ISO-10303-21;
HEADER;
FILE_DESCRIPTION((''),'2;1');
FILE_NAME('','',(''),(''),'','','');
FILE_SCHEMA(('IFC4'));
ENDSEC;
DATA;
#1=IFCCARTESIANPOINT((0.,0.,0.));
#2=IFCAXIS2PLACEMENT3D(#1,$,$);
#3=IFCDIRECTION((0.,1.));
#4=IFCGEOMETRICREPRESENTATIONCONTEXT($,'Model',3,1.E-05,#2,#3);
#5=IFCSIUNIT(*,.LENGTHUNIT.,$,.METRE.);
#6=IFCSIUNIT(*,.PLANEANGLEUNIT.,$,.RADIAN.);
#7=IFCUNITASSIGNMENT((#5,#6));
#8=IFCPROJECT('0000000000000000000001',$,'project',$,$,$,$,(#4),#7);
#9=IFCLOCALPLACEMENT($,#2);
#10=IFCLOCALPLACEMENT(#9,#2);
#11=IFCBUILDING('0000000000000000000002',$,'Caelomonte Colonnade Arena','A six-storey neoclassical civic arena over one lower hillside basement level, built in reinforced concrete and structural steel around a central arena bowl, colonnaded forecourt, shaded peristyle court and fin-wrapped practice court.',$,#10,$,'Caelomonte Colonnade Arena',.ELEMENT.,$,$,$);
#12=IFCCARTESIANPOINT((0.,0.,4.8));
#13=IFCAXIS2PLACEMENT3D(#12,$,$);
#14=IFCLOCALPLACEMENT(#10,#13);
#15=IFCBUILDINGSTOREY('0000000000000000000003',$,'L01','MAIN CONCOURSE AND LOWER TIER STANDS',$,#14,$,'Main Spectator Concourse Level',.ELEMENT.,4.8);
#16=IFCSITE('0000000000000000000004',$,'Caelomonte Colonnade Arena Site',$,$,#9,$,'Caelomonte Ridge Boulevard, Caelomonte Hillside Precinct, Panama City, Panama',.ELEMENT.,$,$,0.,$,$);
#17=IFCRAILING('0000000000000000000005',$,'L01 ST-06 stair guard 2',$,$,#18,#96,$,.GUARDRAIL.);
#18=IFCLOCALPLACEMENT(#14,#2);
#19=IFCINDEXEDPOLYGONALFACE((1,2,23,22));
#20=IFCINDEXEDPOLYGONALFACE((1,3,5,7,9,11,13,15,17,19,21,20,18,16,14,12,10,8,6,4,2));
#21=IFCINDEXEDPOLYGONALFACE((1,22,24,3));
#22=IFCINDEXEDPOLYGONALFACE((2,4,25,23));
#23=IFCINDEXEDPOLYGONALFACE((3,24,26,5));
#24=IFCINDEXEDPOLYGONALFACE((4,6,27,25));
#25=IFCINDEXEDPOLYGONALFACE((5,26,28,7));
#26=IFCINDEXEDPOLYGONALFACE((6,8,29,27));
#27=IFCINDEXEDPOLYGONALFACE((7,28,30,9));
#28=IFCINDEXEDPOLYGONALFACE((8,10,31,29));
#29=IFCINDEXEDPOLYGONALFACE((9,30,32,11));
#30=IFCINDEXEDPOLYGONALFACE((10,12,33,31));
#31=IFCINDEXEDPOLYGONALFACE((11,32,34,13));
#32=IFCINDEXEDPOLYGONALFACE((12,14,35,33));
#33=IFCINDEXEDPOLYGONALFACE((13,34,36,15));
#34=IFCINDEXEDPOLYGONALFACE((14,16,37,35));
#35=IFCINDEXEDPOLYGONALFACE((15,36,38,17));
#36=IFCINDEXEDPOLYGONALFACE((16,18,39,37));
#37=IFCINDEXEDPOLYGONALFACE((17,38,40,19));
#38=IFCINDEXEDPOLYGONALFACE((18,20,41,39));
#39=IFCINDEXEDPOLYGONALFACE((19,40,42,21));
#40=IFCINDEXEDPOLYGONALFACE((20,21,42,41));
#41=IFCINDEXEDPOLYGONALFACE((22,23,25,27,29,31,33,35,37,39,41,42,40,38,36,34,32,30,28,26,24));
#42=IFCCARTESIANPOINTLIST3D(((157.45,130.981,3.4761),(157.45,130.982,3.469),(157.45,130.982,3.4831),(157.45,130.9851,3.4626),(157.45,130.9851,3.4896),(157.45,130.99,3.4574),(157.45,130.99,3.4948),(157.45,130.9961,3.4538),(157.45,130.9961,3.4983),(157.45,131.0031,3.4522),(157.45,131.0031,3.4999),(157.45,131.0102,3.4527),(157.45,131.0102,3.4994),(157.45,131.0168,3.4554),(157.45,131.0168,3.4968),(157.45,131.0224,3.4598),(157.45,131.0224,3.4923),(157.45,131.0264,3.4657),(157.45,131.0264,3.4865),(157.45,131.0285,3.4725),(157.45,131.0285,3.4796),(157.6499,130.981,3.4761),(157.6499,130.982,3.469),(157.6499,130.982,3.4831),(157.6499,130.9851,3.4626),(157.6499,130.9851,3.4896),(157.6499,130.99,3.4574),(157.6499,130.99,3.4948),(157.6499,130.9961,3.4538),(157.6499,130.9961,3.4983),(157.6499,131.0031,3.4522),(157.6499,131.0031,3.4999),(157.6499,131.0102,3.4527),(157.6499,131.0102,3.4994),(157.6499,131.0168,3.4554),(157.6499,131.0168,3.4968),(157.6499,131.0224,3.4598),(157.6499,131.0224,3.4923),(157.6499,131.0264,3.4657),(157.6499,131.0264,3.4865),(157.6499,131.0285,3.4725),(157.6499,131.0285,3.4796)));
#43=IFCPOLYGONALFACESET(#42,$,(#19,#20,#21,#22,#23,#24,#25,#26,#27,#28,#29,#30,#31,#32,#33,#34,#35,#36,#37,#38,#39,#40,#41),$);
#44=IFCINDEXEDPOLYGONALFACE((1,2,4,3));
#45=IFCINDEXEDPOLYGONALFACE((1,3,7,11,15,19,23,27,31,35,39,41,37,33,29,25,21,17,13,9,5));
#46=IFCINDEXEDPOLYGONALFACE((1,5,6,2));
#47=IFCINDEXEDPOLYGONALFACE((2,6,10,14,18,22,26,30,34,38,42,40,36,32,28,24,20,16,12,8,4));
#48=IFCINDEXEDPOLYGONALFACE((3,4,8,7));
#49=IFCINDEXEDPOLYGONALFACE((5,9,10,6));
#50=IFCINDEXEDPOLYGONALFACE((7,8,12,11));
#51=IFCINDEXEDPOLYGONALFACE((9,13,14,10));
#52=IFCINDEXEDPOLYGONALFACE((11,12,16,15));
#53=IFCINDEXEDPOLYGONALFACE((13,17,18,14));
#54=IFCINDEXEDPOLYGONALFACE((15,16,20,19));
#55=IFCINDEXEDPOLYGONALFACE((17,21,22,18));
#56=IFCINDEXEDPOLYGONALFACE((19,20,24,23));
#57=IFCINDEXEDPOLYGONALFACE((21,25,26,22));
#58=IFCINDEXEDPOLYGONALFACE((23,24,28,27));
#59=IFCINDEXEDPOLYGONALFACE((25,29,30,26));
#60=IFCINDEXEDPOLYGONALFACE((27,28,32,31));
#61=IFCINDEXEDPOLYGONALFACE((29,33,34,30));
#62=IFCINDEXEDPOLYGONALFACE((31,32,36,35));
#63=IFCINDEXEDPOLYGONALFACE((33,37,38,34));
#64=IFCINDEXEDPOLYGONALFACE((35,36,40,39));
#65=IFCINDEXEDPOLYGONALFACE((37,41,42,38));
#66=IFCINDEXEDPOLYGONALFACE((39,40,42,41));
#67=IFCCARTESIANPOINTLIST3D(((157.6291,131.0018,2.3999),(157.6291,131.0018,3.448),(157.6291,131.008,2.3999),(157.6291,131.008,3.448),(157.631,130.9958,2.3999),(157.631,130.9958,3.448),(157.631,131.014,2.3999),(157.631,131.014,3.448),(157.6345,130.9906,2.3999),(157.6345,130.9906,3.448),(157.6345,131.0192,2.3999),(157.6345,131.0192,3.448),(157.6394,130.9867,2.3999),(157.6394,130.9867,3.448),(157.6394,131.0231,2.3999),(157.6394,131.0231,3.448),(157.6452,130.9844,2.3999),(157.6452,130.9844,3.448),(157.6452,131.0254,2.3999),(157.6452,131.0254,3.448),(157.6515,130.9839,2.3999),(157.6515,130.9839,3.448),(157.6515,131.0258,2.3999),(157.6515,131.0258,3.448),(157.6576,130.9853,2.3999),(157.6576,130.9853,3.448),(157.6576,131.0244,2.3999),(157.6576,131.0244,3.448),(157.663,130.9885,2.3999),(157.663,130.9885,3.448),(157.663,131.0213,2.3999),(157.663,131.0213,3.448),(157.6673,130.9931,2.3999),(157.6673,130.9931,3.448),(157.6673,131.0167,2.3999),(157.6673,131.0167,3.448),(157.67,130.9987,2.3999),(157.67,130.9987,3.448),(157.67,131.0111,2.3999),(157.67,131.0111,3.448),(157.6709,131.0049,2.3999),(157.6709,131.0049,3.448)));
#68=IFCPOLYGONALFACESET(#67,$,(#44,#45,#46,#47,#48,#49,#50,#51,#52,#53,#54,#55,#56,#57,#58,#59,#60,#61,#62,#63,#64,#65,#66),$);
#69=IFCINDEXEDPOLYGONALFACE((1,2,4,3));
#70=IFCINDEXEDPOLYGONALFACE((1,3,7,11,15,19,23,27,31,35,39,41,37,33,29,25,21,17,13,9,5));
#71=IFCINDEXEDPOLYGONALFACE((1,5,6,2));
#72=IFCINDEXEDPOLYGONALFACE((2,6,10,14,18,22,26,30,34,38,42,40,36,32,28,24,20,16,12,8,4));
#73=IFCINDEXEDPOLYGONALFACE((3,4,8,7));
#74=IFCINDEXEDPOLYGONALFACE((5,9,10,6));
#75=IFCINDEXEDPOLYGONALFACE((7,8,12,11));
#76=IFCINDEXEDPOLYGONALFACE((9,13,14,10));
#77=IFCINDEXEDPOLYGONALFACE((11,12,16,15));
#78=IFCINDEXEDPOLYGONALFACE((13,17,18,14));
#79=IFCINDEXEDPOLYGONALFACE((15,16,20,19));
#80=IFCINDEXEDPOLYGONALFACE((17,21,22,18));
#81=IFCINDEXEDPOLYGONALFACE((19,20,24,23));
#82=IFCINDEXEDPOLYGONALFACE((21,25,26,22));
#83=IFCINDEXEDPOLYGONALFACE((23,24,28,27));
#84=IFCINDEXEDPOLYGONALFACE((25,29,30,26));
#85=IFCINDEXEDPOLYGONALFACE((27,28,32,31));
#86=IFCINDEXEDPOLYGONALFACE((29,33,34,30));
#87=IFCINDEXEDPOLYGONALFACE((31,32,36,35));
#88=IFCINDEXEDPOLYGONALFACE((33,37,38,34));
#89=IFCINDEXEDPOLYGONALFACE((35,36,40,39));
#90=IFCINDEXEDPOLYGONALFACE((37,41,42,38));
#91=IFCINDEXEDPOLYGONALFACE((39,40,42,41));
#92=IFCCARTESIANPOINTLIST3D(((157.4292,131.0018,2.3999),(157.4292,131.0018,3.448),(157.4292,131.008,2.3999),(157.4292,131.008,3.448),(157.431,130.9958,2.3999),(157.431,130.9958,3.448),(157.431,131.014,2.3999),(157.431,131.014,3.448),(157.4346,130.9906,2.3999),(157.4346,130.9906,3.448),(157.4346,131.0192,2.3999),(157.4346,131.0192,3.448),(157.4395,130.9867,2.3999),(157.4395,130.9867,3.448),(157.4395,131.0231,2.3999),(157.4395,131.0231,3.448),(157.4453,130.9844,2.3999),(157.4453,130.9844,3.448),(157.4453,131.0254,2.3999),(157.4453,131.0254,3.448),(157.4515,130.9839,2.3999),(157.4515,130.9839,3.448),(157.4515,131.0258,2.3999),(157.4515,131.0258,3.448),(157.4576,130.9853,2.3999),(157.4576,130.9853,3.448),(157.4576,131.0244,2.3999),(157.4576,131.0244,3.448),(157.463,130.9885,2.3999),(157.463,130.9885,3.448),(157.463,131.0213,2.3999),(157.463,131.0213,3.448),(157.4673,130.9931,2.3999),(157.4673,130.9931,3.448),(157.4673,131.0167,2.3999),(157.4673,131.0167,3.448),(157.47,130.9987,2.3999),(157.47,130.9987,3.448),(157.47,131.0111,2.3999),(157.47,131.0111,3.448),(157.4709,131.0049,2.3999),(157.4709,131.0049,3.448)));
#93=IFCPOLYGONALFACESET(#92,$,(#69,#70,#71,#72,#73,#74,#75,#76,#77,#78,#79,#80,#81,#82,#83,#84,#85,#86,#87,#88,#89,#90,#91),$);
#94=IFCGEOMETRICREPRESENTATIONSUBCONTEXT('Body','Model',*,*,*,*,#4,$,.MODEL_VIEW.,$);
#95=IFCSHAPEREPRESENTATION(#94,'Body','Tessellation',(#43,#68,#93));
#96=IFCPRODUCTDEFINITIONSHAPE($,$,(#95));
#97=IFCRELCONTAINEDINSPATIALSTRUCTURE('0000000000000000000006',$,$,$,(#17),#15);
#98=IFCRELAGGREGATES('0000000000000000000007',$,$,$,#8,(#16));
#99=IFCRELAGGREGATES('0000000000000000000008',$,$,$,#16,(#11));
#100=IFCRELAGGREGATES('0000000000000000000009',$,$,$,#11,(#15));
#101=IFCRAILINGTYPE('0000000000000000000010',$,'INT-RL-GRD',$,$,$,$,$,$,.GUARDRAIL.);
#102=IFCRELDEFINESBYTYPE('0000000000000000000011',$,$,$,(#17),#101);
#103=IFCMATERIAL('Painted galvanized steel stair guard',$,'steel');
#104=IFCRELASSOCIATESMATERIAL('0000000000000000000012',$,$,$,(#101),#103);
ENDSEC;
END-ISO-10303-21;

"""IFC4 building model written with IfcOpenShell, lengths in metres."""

from ifc_helpers import new_model, si_unit, direction, frame, origin, origin_2d, place, context, subcontext, project, spatial, circle, extrude, material, type_object, element, save


model = new_model("IFC4")

# Units and contexts
model_context = context("Model", 3, precision=1e-05, world=origin(), true_north=direction((0.0, 1.0)))
body_context = subcontext(model_context, "Body", "Model", "MODEL_VIEW")
ifc_project = project(units=[si_unit("LENGTHUNIT", "METRE"), si_unit("PLANEANGLEUNIT", "RADIAN")], contexts=[model_context])

# Site, building, storey
site_placement = place(None, origin())
site = spatial("IfcSite", under=ifc_project, at=site_placement, Name="Caelomonte Colonnade Arena Site", LongName="Caelomonte Ridge Boulevard, Caelomonte Hillside Precinct, Panama City, Panama", CompositionType="ELEMENT", RefElevation=0.0)
building_placement = place(site_placement, origin())
building = spatial("IfcBuilding", under=site, at=building_placement, Name="Caelomonte Colonnade Arena", Description="A six-storey neoclassical civic arena over one lower hillside basement level, built in reinforced concrete and structural steel around a central arena bowl, colonnaded forecourt, shaded peristyle court and fin-wrapped practice court.", LongName="Caelomonte Colonnade Arena", CompositionType="ELEMENT")
storey_placement = place(building_placement, frame((0.0, 0.0, 4.8)))
storey = spatial("IfcBuildingStorey", under=building, at=storey_placement, Name="L01", Description="MAIN CONCOURSE AND LOWER TIER STANDS", LongName="Main Spectator Concourse Level", CompositionType="ELEMENT", Elevation=4.8)

# Railing
ifc_material_1 = material(Name="Painted galvanized steel stair guard", Category="steel")
railing_type_1 = type_object("IfcRailingType", Name="INT-RL-GRD", PredefinedType="GUARDRAIL", material=ifc_material_1)
railing_1_placement = place(storey_placement, frame((157.6499, 131.0049, 2.3999)))
element("IfcRailing", 1, at=railing_1_placement, inside=storey, type_object=railing_type_1, Name="L01 ST-06 stair guard 2", PredefinedType="GUARDRAIL", context=body_context, shape_type="SweptSolid", body=[
    extrude(circle(Radius=0.0239, at=origin_2d()), frame((0.0, 0.0, 1.0762), z_axis=(-1.0, 0.0, 0.0), x_axis=(0.0, -1.0, 0.0)), (0.0, 0.0, 1.0), 0.2),
    extrude(circle(Radius=0.021, at=origin_2d()), origin(), (0.0, 0.0, 1.0), 1.0481),
    extrude(circle(Radius=0.021, at=origin_2d()), frame((-0.2, 0.0, 0.0)), (0.0, 0.0, 1.0), 1.0481),
])

save(model, "model.ifc")
